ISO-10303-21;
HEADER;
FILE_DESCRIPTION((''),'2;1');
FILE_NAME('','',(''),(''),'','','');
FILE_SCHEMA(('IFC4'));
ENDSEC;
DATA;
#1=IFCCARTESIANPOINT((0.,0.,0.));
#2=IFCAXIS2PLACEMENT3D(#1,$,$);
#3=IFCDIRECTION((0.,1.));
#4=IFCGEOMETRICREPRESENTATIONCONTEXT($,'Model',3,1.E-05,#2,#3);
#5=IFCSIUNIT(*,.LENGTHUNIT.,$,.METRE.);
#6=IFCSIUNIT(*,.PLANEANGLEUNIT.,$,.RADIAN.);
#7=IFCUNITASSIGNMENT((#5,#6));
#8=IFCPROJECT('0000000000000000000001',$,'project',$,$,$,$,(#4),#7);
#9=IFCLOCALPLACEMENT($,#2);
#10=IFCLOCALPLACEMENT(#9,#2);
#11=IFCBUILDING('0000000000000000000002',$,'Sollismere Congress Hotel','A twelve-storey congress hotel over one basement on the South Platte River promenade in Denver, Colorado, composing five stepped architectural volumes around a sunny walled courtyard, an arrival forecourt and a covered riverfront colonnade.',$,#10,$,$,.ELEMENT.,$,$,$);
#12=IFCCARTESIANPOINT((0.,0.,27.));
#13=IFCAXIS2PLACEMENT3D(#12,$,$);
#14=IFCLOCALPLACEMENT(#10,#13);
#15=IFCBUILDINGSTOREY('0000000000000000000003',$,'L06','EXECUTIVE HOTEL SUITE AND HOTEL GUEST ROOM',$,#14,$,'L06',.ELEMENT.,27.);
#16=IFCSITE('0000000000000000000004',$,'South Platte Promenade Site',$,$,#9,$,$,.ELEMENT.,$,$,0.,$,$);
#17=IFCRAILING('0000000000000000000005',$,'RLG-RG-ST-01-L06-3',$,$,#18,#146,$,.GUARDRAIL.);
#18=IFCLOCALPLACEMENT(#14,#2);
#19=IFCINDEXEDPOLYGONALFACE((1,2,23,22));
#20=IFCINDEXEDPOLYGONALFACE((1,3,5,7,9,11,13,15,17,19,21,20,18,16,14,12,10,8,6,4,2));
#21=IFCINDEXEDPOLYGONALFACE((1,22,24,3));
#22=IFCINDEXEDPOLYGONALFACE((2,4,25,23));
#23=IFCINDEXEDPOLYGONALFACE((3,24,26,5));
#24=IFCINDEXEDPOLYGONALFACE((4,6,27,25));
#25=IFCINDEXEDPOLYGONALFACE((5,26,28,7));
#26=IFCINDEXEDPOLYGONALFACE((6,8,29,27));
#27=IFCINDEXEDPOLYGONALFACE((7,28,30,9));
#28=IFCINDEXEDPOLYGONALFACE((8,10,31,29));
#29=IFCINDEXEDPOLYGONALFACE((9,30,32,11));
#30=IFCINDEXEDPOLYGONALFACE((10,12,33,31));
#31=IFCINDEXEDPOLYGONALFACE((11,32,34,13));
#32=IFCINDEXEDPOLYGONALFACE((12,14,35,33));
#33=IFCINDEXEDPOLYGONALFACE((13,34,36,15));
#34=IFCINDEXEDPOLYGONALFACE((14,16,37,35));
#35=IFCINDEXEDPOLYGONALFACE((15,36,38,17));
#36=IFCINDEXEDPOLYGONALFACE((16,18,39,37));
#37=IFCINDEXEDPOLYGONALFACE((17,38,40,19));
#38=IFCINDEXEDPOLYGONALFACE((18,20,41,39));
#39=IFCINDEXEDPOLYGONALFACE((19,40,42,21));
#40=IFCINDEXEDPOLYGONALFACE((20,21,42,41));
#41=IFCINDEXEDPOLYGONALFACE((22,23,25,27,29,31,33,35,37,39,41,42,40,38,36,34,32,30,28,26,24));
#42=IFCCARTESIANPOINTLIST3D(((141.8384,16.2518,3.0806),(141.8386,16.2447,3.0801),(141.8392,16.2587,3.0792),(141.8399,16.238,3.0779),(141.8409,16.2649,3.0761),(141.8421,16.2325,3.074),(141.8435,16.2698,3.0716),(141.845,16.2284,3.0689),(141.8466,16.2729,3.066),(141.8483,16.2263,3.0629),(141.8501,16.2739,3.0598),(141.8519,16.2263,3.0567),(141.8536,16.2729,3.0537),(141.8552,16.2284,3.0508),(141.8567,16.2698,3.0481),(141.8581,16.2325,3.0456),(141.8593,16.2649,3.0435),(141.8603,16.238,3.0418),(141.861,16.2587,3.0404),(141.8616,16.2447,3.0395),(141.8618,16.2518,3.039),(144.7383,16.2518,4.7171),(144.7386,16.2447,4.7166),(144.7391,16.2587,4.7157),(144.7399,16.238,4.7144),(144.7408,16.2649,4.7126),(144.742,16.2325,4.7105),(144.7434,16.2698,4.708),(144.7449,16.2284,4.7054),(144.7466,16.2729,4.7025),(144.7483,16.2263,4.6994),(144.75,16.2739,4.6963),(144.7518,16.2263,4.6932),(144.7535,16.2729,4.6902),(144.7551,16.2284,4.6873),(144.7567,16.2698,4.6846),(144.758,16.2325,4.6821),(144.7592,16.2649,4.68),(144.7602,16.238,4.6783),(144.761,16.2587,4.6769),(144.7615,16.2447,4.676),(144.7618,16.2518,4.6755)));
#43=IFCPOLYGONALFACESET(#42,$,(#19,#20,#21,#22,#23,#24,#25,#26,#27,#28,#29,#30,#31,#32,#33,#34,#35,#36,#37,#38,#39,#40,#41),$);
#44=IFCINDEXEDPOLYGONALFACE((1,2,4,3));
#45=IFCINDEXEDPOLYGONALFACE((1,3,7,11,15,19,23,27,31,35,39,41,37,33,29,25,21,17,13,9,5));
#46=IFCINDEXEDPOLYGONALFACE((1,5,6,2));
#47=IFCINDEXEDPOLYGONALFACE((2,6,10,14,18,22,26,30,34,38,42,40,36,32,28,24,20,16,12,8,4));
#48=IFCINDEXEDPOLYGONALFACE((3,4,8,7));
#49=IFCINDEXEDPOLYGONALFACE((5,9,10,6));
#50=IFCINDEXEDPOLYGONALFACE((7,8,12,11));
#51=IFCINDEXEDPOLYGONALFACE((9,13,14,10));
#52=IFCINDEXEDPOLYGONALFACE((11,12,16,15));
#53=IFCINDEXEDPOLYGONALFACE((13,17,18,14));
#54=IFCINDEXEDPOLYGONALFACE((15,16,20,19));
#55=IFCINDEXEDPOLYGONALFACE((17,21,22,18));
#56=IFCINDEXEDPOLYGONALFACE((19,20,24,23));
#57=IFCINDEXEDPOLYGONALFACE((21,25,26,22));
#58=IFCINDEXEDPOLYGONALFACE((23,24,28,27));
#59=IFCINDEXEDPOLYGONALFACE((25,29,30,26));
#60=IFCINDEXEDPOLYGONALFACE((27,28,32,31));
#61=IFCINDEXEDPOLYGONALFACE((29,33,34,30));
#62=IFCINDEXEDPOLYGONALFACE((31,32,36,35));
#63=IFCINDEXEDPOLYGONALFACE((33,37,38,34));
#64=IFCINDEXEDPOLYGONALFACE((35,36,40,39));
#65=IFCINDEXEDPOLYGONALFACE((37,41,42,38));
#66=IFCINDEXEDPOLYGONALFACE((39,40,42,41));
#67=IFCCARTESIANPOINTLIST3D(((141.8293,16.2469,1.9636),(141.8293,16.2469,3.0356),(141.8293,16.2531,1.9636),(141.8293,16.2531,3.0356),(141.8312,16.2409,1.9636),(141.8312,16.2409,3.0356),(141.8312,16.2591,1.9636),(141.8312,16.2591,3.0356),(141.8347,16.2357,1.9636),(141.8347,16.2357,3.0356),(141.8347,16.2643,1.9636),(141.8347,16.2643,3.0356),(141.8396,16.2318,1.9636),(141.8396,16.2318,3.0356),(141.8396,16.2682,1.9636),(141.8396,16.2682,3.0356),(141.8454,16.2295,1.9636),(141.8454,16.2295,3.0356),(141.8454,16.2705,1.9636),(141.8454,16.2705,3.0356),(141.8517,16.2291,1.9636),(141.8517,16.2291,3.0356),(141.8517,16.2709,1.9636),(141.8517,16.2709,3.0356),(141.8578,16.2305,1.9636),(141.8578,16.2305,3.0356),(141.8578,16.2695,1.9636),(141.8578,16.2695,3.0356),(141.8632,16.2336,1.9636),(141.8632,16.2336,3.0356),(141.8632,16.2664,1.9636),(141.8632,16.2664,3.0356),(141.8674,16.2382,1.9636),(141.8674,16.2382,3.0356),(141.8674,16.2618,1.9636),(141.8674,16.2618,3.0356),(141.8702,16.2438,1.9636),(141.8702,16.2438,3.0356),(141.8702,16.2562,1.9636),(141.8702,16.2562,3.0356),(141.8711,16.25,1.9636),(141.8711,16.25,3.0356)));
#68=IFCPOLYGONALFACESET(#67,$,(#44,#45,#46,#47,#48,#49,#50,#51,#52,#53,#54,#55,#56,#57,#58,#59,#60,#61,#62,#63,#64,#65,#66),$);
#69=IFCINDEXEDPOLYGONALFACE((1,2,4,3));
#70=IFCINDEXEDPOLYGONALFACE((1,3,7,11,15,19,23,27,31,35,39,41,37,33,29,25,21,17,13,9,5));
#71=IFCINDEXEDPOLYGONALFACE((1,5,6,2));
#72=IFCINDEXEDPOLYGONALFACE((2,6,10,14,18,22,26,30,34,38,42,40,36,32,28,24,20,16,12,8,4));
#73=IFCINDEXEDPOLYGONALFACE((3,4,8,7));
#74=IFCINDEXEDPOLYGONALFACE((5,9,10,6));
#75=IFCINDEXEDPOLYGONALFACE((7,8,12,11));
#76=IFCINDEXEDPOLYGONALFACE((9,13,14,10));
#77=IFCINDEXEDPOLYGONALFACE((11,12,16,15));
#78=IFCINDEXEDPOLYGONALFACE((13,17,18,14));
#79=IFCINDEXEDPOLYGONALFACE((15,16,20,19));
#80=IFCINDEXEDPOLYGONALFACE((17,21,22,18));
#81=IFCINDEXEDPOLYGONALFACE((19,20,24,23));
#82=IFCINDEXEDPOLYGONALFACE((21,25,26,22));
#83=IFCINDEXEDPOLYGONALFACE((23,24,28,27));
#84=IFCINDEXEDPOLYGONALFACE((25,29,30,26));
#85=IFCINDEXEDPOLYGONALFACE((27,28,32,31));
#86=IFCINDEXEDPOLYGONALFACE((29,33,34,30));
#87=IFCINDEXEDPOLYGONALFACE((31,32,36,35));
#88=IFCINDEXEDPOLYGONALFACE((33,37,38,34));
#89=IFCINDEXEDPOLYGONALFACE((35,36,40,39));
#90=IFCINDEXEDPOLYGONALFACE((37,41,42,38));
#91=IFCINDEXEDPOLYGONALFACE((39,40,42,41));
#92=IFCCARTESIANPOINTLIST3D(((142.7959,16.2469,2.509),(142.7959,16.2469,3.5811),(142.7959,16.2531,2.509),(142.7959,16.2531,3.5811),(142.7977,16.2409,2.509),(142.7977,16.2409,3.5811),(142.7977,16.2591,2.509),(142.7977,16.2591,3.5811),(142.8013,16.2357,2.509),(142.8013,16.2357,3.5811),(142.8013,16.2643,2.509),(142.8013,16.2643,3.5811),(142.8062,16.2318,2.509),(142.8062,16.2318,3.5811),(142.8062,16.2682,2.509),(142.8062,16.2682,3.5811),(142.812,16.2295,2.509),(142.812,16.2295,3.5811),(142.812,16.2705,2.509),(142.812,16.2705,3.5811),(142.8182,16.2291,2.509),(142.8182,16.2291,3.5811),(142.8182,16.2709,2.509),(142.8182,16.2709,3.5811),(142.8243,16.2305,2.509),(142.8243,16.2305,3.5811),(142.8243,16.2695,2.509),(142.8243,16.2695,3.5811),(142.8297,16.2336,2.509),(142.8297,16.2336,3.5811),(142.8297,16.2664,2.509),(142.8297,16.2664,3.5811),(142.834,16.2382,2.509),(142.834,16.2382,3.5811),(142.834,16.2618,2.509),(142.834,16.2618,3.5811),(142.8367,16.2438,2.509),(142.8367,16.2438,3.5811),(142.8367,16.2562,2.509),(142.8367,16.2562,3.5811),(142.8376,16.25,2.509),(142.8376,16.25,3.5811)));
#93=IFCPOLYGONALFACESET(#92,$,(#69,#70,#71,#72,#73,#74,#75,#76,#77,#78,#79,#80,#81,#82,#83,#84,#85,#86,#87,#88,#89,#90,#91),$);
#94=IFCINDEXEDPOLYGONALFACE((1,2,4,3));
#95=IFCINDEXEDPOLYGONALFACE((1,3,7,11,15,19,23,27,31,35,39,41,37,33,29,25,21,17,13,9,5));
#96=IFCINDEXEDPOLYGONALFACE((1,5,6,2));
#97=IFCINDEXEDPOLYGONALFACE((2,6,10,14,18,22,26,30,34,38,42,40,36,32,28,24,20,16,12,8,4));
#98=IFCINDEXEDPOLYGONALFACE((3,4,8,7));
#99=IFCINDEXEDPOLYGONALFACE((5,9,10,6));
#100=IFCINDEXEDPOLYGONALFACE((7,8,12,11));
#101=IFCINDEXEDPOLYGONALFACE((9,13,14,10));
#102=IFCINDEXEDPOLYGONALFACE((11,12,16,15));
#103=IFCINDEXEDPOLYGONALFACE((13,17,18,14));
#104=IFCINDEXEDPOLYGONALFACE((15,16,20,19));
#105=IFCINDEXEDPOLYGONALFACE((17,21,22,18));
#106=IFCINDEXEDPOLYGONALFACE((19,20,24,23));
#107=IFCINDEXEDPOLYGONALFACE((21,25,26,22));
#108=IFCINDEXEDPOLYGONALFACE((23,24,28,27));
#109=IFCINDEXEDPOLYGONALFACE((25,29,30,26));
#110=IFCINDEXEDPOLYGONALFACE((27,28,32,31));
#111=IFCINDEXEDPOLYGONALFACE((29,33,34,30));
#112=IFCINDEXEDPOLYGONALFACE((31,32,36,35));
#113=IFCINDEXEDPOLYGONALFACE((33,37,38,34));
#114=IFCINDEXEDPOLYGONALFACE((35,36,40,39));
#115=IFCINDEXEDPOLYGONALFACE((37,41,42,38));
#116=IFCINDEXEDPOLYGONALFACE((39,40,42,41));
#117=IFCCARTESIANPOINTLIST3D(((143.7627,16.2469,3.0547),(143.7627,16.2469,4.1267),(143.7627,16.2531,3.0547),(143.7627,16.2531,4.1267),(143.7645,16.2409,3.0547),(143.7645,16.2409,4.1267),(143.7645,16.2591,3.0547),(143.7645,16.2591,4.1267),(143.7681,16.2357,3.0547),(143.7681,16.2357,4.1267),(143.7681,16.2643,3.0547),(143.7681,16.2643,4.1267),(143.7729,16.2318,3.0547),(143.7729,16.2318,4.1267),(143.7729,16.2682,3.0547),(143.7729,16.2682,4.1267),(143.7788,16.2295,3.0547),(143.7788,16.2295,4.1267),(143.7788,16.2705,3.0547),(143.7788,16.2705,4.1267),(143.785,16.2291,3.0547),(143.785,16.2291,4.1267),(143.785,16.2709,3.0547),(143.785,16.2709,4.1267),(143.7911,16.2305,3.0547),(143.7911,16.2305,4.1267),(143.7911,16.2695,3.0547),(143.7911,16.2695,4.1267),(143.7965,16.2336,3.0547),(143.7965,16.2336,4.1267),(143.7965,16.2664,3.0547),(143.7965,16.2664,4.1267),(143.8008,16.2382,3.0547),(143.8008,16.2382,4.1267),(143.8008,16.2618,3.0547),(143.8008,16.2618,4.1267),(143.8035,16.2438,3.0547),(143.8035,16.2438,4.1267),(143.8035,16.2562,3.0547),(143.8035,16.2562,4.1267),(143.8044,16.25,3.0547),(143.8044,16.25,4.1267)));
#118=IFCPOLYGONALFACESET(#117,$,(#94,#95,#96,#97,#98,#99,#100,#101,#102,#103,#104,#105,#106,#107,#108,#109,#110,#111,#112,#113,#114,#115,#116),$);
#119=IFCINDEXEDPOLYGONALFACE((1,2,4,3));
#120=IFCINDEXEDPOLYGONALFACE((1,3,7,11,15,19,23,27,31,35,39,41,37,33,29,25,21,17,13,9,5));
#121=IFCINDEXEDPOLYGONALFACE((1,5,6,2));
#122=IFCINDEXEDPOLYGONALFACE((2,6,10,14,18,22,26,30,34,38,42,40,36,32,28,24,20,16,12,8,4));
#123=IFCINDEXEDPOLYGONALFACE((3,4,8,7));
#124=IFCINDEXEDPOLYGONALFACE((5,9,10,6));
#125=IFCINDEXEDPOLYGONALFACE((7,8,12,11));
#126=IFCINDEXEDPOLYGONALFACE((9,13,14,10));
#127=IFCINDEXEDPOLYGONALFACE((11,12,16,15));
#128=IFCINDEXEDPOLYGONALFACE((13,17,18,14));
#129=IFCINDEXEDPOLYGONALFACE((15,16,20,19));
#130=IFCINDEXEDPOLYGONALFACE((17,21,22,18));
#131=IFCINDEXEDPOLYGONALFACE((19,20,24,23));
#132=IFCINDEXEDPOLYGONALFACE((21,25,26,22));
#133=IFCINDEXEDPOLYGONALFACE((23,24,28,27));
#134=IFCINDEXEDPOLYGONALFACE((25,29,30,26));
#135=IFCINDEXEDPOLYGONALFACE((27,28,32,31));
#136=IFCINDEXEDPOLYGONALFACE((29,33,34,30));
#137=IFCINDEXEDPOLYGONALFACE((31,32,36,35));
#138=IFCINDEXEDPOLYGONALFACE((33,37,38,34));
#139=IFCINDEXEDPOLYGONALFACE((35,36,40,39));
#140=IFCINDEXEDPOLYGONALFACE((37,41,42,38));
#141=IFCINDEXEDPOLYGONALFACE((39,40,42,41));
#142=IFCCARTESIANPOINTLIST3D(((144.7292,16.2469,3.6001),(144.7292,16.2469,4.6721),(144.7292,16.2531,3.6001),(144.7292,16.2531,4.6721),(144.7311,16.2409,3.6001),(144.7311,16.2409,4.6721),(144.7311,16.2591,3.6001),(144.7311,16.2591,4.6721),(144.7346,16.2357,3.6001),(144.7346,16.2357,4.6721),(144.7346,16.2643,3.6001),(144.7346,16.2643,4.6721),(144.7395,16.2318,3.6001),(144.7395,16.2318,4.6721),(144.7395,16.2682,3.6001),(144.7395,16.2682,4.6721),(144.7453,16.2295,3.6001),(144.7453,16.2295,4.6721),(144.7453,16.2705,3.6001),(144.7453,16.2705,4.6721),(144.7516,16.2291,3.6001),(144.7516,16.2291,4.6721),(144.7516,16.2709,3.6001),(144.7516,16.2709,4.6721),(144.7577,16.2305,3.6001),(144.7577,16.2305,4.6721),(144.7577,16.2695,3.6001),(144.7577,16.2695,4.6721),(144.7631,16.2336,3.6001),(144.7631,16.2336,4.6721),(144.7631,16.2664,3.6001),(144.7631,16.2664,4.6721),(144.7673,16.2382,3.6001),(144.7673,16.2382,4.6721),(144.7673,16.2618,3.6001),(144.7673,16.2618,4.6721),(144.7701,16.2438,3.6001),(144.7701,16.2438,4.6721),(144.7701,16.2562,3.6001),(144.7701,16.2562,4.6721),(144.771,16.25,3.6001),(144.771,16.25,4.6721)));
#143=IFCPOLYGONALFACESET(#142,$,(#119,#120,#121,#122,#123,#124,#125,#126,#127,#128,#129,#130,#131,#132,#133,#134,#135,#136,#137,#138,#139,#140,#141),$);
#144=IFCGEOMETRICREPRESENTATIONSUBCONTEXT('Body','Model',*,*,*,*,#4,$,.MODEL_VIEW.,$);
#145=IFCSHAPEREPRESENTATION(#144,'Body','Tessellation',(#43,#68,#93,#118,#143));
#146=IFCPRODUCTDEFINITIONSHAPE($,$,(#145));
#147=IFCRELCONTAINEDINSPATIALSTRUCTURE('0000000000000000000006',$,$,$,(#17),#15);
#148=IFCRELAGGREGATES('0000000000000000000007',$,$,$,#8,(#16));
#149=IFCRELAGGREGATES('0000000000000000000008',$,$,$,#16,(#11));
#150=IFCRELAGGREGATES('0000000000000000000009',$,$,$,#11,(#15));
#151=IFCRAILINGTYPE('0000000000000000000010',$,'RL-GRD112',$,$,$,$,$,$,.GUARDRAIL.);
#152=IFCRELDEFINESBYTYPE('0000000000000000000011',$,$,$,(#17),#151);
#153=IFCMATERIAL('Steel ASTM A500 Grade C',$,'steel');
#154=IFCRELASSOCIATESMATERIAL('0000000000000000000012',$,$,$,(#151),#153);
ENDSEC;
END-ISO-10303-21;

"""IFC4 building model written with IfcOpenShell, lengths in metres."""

from ifc_helpers import new_model, si_unit, direction, frame, origin, origin_2d, place, context, subcontext, project, spatial, circle, extrude, material, type_object, element, save


model = new_model("IFC4")

# Units and contexts
model_context = context("Model", 3, precision=1e-05, world=origin(), true_north=direction((0.0, 1.0)))
body_context = subcontext(model_context, "Body", "Model", "MODEL_VIEW")
ifc_project = project(units=[si_unit("LENGTHUNIT", "METRE"), si_unit("PLANEANGLEUNIT", "RADIAN")], contexts=[model_context])

# Site, building, storey
site_placement = place(None, origin())
site = spatial("IfcSite", under=ifc_project, at=site_placement, Name="South Platte Promenade Site", CompositionType="ELEMENT", RefElevation=0.0)
building_placement = place(site_placement, origin())
building = spatial("IfcBuilding", under=site, at=building_placement, Name="Sollismere Congress Hotel", Description="A twelve-storey congress hotel over one basement on the South Platte River promenade in Denver, Colorado, composing five stepped architectural volumes around a sunny walled courtyard, an arrival forecourt and a covered riverfront colonnade.", CompositionType="ELEMENT")
storey_placement = place(building_placement, frame((0.0, 0.0, 27.0)))
storey = spatial("IfcBuildingStorey", under=building, at=storey_placement, Name="L06", Description="EXECUTIVE HOTEL SUITE AND HOTEL GUEST ROOM", LongName="L06", CompositionType="ELEMENT", Elevation=27.0)

# Railing
ifc_material_1 = material(Name="Steel ASTM A500 Grade C", Category="steel")
railing_type_1 = type_object("IfcRailingType", Name="RL-GRD112", PredefinedType="GUARDRAIL", material=ifc_material_1)
railing_1_placement = place(storey_placement, frame((141.8501, 16.25, 1.9636)))
element("IfcRailing", 1, at=railing_1_placement, inside=storey, type_object=railing_type_1, Name="RLG-RG-ST-01-L06-3", PredefinedType="GUARDRAIL", context=body_context, shape_type="SweptSolid", body=[
    extrude(circle(Radius=0.0239, at=origin_2d()), frame((0.0, 0.0, 1.0962), z_axis=(0.870897, 0.0, 0.491465), x_axis=(0.0, 1.0, 0.0)), (0.0, 0.0, 1.0), 3.3298),
    extrude(circle(Radius=0.021, at=origin_2d()), origin(), (0.0, 0.0, 1.0), 1.072),
    extrude(circle(Radius=0.021, at=origin_2d()), frame((0.9666, 0.0, 0.5454)), (0.0, 0.0, 1.0), 1.072),
    extrude(circle(Radius=0.021, at=origin_2d()), frame((1.9333, 0.0, 1.0911)), (0.0, 0.0, 1.0), 1.072),
    extrude(circle(Radius=0.021, at=origin_2d()), frame((2.8999, 0.0, 1.6365)), (0.0, 0.0, 1.0), 1.072),
])

save(model, "model.ifc")
